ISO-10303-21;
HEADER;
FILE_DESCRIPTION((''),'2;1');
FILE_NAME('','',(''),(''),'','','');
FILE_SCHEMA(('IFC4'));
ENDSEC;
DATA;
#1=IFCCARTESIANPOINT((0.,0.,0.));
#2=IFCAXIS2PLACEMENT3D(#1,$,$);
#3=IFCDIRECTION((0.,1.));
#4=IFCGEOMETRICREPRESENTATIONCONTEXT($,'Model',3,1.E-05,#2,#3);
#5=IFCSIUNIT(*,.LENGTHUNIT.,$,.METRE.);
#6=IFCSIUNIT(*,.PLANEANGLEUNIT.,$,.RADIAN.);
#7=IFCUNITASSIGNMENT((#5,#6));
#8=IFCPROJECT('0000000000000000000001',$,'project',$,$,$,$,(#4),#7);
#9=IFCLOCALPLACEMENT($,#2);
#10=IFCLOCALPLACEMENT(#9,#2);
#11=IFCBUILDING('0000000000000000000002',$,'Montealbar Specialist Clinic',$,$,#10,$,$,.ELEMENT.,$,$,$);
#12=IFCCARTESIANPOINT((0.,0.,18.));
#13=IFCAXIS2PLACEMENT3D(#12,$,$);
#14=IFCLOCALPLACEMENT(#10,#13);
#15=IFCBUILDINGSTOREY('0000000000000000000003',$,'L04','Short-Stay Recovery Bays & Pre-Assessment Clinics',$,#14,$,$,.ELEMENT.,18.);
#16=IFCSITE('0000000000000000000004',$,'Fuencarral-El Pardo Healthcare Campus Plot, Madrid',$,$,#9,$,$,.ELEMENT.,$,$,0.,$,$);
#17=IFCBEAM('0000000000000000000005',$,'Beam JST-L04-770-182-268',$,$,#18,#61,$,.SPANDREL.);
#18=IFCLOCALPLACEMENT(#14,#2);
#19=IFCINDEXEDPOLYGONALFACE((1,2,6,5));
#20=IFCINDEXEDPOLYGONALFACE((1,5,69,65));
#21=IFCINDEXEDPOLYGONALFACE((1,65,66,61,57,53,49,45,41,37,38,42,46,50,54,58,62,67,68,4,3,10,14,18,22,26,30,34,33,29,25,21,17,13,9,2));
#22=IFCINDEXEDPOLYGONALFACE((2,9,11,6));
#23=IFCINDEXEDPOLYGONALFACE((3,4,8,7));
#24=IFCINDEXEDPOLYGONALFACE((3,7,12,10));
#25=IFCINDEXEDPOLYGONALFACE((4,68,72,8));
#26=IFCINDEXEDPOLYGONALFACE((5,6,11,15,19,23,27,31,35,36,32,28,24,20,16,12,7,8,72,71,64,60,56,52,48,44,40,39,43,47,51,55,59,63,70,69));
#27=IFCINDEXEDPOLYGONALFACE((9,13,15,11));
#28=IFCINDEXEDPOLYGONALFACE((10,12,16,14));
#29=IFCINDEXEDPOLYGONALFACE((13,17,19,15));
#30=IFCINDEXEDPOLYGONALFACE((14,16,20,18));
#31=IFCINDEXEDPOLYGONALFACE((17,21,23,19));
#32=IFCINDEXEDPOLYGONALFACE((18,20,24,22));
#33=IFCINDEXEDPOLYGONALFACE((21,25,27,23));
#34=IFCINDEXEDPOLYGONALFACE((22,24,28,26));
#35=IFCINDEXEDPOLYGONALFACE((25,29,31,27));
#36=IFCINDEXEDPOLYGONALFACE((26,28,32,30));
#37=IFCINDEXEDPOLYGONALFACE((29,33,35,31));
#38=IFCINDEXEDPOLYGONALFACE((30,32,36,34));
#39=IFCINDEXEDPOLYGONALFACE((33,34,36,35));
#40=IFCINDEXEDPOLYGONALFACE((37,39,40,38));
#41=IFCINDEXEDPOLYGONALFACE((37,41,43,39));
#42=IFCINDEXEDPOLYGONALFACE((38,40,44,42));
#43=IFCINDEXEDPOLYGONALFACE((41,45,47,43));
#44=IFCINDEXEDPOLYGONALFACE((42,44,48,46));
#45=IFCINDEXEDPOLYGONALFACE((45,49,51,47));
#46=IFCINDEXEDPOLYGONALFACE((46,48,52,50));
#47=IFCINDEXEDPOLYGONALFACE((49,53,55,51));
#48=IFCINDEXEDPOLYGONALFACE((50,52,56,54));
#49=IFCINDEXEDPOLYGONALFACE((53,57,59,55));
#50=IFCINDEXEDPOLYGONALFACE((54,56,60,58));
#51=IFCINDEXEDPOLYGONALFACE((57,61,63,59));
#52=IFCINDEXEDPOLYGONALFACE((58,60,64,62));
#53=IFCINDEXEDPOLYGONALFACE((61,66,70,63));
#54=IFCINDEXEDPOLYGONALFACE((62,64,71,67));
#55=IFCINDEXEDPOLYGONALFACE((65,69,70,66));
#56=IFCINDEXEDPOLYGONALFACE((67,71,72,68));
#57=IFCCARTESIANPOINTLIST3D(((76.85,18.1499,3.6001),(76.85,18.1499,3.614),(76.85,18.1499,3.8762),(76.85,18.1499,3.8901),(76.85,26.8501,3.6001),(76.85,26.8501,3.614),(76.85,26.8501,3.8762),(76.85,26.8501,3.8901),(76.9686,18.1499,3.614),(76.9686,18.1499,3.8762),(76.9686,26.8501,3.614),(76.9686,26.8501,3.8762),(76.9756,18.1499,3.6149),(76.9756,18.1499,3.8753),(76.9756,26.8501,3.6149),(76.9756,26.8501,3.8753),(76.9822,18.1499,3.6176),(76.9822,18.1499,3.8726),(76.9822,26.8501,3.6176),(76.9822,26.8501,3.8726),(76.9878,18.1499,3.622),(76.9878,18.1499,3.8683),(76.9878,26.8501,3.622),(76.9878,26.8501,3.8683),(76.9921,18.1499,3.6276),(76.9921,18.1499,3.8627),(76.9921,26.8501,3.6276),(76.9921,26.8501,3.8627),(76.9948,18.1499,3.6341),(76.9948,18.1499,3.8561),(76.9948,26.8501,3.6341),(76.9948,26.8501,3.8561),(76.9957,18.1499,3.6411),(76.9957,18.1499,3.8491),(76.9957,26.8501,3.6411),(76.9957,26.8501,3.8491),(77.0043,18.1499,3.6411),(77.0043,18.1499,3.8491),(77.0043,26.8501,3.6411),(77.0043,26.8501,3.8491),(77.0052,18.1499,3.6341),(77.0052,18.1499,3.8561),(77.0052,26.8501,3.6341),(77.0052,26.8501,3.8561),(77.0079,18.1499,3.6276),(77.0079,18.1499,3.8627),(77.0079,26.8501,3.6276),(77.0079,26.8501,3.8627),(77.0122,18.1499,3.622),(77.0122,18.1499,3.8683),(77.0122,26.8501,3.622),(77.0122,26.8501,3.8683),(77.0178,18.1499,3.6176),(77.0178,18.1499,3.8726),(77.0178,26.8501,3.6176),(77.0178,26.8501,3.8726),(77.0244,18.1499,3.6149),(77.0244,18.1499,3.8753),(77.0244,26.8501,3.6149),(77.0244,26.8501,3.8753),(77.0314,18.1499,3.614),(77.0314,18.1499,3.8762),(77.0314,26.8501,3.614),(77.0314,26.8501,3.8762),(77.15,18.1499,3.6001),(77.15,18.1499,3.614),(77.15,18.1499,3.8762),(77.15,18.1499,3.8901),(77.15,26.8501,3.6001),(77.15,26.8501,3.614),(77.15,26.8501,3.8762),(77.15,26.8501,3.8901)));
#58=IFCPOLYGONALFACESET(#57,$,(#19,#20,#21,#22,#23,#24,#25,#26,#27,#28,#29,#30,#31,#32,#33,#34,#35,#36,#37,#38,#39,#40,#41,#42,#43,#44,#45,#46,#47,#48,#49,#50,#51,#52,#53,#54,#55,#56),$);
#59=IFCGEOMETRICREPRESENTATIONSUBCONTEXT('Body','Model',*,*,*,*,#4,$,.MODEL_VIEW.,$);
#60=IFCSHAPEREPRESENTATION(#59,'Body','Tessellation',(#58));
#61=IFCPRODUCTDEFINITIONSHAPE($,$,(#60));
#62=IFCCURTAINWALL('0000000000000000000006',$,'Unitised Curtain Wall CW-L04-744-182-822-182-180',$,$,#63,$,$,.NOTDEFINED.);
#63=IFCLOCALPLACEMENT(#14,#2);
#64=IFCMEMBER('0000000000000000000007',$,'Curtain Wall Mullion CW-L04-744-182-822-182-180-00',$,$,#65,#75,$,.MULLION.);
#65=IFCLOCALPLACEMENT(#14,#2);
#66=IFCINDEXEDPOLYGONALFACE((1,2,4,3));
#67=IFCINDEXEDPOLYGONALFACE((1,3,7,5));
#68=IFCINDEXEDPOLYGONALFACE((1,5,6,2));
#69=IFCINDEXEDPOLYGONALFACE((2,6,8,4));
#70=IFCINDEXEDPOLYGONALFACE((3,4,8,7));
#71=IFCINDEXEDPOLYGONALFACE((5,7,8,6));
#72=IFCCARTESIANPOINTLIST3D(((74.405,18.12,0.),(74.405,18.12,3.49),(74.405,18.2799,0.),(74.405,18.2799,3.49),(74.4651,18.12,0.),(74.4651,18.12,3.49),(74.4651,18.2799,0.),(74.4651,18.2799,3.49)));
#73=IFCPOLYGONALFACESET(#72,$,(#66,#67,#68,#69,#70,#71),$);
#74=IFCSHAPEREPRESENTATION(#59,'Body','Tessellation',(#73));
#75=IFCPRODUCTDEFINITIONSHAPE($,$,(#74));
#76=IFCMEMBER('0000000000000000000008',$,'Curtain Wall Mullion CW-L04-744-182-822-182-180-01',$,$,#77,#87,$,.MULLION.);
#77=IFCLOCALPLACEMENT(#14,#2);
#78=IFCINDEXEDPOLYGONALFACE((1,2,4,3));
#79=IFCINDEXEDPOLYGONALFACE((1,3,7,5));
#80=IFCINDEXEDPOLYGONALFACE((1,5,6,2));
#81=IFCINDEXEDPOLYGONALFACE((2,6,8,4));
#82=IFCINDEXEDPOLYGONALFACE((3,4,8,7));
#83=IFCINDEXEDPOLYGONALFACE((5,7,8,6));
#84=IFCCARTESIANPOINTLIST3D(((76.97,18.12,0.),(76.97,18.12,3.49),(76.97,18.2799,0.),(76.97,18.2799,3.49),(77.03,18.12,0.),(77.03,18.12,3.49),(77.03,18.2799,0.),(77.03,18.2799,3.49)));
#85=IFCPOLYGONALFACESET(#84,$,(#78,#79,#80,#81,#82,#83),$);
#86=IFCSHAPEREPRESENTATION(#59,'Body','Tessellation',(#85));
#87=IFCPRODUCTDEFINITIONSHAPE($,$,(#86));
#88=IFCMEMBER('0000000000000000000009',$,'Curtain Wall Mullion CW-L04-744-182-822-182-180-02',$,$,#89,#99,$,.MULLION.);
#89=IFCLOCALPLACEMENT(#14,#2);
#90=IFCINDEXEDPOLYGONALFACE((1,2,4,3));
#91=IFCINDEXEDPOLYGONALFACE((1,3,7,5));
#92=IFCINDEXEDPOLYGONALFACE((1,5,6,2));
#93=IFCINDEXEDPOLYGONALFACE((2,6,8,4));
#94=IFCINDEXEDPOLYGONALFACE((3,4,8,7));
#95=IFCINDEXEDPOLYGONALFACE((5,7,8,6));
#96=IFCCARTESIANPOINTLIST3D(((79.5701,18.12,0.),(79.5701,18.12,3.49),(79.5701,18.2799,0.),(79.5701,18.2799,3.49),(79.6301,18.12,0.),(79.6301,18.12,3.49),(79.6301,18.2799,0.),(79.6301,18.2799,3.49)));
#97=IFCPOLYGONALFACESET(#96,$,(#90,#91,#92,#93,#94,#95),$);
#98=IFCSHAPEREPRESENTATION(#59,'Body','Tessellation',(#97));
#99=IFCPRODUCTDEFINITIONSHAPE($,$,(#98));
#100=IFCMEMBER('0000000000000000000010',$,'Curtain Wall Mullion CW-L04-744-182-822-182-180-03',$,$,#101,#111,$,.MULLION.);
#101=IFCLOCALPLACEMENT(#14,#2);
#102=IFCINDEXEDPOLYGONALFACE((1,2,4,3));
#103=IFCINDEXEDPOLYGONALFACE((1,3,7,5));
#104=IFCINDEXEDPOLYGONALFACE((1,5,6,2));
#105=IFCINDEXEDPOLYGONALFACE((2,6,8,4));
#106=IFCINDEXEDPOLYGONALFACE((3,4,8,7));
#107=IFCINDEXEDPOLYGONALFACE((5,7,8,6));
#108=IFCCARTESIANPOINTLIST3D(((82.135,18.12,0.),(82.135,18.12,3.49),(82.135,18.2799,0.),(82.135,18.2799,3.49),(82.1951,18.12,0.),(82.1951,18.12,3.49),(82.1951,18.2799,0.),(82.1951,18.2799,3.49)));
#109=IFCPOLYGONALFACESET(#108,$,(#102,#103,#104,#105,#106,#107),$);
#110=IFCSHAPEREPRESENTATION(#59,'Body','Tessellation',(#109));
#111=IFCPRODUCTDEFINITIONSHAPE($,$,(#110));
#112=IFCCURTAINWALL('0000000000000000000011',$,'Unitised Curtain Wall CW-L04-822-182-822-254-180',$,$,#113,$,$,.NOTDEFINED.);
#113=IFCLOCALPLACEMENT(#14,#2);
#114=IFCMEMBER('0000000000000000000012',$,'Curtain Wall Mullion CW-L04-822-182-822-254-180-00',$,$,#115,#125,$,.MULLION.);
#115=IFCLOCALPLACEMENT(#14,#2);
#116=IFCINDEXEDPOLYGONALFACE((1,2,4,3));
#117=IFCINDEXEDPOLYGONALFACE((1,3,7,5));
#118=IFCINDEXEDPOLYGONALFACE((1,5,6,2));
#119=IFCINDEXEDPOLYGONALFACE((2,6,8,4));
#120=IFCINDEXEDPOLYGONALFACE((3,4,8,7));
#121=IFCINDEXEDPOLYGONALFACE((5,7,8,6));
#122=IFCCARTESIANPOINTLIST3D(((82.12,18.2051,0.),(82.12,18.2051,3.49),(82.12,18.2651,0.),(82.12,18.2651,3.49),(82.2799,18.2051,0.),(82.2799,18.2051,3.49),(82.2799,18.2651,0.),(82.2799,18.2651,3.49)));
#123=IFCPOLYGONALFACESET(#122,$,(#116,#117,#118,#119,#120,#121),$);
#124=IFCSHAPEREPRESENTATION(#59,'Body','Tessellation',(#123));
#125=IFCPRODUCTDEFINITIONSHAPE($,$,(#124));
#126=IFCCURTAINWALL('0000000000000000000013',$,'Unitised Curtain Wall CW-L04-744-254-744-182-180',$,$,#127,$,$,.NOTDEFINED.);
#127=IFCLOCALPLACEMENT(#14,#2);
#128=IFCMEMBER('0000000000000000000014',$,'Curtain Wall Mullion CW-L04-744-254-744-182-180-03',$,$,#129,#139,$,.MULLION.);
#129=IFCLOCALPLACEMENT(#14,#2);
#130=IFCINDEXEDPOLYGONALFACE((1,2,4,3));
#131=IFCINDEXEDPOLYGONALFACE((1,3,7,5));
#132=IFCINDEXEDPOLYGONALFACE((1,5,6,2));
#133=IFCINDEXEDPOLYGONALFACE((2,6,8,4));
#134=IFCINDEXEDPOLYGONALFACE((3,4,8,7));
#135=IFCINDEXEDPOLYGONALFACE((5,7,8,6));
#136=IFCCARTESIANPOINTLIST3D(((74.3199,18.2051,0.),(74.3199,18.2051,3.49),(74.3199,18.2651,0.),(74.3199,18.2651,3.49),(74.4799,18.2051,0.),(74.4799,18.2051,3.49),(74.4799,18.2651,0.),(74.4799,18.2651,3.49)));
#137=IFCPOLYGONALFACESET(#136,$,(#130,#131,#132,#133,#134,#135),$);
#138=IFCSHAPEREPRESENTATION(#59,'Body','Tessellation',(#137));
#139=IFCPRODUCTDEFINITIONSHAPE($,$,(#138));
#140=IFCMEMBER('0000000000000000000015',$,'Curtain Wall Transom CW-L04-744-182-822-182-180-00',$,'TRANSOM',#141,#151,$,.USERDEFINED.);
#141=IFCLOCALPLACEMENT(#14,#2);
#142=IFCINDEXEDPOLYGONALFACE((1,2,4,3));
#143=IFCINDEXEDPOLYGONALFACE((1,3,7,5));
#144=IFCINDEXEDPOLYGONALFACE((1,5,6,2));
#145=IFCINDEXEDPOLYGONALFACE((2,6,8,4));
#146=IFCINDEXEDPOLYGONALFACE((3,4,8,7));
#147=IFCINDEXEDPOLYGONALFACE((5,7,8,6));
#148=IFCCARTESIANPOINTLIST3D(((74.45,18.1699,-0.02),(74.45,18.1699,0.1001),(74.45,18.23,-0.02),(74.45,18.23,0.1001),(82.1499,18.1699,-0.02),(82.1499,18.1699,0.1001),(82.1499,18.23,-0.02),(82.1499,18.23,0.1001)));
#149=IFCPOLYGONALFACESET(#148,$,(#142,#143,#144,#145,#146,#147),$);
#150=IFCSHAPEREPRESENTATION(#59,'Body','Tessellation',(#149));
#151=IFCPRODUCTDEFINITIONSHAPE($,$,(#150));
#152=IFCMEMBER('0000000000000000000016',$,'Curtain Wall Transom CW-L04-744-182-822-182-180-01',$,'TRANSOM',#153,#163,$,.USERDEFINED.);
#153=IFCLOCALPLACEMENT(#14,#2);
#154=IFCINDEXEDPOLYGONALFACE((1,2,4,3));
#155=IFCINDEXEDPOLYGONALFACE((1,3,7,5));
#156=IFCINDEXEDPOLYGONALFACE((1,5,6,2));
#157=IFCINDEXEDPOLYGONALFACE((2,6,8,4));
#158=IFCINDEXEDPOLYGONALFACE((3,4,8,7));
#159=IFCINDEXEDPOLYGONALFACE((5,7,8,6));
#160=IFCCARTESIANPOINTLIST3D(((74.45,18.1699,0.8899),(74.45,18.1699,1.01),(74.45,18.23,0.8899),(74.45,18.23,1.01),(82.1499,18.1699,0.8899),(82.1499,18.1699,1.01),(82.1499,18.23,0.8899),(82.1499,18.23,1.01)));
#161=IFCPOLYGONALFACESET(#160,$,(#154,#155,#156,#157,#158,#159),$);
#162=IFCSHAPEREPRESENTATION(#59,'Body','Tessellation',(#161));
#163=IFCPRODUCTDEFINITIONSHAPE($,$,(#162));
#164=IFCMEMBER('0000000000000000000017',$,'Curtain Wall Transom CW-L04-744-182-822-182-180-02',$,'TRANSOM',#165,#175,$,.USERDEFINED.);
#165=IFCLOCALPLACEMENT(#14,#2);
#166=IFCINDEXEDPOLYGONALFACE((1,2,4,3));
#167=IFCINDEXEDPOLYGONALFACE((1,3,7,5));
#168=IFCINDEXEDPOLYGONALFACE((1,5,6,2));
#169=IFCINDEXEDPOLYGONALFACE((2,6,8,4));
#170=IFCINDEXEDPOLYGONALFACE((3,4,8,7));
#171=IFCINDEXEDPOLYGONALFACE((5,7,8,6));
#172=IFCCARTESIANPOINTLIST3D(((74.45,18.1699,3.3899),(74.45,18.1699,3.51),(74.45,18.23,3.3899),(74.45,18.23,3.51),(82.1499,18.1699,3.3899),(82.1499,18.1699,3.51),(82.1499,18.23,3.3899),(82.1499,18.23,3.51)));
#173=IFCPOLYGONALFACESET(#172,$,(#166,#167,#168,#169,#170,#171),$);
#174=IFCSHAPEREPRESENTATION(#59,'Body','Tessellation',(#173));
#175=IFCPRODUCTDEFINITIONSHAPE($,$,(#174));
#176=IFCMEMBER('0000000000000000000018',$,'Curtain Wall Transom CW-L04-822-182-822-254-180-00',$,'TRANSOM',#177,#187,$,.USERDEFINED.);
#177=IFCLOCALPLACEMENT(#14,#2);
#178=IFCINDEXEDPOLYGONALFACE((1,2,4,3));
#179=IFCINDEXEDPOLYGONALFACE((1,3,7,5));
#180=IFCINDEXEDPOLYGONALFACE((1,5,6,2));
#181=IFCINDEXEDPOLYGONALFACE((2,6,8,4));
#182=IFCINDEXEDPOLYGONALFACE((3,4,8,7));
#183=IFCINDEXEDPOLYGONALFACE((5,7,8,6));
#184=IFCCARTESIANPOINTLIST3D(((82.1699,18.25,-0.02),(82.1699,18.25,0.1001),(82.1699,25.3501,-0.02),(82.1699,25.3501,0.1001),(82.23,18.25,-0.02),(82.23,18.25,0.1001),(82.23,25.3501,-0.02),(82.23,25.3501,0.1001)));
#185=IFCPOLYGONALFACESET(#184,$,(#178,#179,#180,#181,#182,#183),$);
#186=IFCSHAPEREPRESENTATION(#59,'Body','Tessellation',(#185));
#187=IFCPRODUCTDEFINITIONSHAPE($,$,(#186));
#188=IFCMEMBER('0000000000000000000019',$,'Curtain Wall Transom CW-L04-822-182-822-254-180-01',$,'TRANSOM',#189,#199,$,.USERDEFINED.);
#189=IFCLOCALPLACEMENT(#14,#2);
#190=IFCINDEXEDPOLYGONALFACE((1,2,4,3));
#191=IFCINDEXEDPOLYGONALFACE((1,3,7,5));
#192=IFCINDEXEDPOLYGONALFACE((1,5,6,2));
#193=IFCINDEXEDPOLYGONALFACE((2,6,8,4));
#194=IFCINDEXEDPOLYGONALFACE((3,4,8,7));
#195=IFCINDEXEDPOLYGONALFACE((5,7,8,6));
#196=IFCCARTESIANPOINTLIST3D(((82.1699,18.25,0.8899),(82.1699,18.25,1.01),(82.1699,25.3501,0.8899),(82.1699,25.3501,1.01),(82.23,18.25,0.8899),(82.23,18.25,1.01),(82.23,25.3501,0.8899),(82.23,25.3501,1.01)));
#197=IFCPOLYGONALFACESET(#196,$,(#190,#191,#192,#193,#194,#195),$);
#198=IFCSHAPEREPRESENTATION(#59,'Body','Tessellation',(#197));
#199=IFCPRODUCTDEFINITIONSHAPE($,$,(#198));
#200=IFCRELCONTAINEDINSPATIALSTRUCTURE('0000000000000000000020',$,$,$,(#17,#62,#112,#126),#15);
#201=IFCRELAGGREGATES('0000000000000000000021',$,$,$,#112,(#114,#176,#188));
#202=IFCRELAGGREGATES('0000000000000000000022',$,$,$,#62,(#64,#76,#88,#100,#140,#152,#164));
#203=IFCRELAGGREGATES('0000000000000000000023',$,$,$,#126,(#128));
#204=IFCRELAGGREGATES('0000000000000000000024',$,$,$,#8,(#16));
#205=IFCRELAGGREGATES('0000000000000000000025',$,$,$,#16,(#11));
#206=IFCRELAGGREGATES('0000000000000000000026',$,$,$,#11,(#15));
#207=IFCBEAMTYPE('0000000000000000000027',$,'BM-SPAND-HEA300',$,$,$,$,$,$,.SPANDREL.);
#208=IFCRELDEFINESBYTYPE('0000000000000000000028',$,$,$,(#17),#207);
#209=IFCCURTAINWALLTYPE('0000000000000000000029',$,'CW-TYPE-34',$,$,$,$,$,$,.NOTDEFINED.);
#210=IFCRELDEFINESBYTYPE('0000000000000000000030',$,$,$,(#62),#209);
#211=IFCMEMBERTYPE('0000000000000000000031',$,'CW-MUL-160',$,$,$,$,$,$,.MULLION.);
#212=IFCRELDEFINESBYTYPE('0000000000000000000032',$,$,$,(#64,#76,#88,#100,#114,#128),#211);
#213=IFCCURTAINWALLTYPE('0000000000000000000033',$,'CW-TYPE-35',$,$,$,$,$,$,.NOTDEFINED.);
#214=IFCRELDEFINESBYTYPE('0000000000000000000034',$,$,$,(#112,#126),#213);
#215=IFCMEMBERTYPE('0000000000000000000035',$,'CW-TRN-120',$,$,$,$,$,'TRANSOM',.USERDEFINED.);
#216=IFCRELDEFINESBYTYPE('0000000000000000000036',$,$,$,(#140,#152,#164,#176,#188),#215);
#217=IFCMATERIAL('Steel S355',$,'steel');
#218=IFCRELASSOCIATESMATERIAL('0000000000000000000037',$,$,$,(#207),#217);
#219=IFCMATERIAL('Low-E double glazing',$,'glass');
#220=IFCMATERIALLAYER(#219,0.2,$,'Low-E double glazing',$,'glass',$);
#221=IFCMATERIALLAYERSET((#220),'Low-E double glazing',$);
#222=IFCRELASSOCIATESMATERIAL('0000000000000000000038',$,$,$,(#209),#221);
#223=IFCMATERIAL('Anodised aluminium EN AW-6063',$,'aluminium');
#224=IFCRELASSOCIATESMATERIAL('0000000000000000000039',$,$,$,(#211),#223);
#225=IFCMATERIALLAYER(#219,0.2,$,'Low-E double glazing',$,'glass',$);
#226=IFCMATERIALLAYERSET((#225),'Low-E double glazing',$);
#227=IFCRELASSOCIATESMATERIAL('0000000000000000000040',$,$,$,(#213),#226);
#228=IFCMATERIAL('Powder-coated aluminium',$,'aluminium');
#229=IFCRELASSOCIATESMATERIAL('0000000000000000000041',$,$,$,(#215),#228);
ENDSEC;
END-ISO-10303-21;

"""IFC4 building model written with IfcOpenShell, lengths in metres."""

from ifc_helpers import new_model, si_unit, direction, frame, origin, origin_2d, place, context, subcontext, project, spatial, rectangle, i_section, extrude, material, layer, layer_set, material_profile, profile_set, type_object, element, aggregate, save


model = new_model("IFC4")

# Units and contexts
model_context = context("Model", 3, precision=1e-05, world=origin(), true_north=direction((0.0, 1.0)))
body_context = subcontext(model_context, "Body", "Model", "MODEL_VIEW")
ifc_project = project(units=[si_unit("LENGTHUNIT", "METRE"), si_unit("PLANEANGLEUNIT", "RADIAN")], contexts=[model_context])

# Site, building, storey
site_placement = place(None, origin())
site = spatial("IfcSite", under=ifc_project, at=site_placement, Name="Fuencarral-El Pardo Healthcare Campus Plot, Madrid", CompositionType="ELEMENT", RefElevation=0.0)
building_placement = place(site_placement, origin())
building = spatial("IfcBuilding", under=site, at=building_placement, Name="Montealbar Specialist Clinic", CompositionType="ELEMENT")
storey_placement = place(building_placement, frame((0.0, 0.0, 18.0)))
storey = spatial("IfcBuildingStorey", under=building, at=storey_placement, Name="L04", Description="Short-Stay Recovery Bays & Pre-Assessment Clinics", CompositionType="ELEMENT", Elevation=18.0)

# Beam
ifc_material_1 = material(Name="Steel S355", Category="steel")
ifc_material_profile_1 = material_profile(ifc_material_1, i_section(OverallWidth=0.3, OverallDepth=0.29, WebThickness=0.0085, FlangeThickness=0.0139, FilletRadius=0.0271, at=origin_2d()), Name="HEA 300", Category="steel")
ifc_profile_set_1 = profile_set([ifc_material_profile_1], Name="Steel S355")
beam_type_1 = type_object("IfcBeamType", Name="BM-SPAND-HEA300", PredefinedType="SPANDREL", material=ifc_profile_set_1)
beam_1_placement = place(storey_placement, frame((77.0, 18.1499, 3.7451), z_axis=(0.0, 1.0, 0.0), x_axis=(-1.0, 0.0, 0.0)))
element("IfcBeam", 1, at=beam_1_placement, inside=storey, type_object=beam_type_1, Name="Beam JST-L04-770-182-268", PredefinedType="SPANDREL", context=body_context, shape_type="SweptSolid", body=[
    extrude(i_section(OverallWidth=0.3, OverallDepth=0.29, WebThickness=0.0085, FlangeThickness=0.0139, FilletRadius=0.0271, at=origin_2d()), origin(), (0.0, 0.0, 1.0), 8.7002),
])

# Curtain wall, members
ifc_material_2 = material(Name="Low-E double glazing", Category="glass")
ifc_layer_1 = layer(ifc_material_2, 0.2, Name="Low-E double glazing", Category="glass")
ifc_layer_set_1 = layer_set([ifc_layer_1], Name="Low-E double glazing")
curtain_wall_type_1 = type_object("IfcCurtainWallType", Name="CW-TYPE-34", PredefinedType="NOTDEFINED", material=ifc_layer_set_1)
curtain_wall_1_placement = place(storey_placement, origin())
curtain_wall_1 = element("IfcCurtainWall", 2, at=curtain_wall_1_placement, inside=storey, type_object=curtain_wall_type_1, Name="Unitised Curtain Wall CW-L04-744-182-822-182-180", PredefinedType="NOTDEFINED")
ifc_material_3 = material(Name="Anodised aluminium EN AW-6063", Category="aluminium")
ifc_material_profile_2 = material_profile(ifc_material_3, rectangle(XDim=0.0601, YDim=0.1599, at=origin_2d()), Name="ALU 60x160", Category="aluminium")
ifc_profile_set_2 = profile_set([ifc_material_profile_2], Name="Anodised aluminium EN AW-6063")
member_type_1 = type_object("IfcMemberType", Name="CW-MUL-160", PredefinedType="MULLION", material=ifc_profile_set_2)
member_1_placement = place(storey_placement, frame((74.4351, 18.2, 0.0), z_axis=(0.0, 0.0, 1.0), x_axis=(1.0, 0.0, 0.0)))
member_1 = element("IfcMember", 3, at=member_1_placement, type_object=member_type_1, Name="Curtain Wall Mullion CW-L04-744-182-822-182-180-00", PredefinedType="MULLION", context=body_context, shape_type="SweptSolid", body=[
    extrude(rectangle(XDim=0.0601, YDim=0.1599, at=origin_2d()), origin(), (0.0, 0.0, 1.0), 3.49),
])
member_2_placement = place(storey_placement, frame((77.0, 18.2, 0.0), z_axis=(0.0, 0.0, 1.0), x_axis=(1.0, 0.0, 0.0)))
member_2 = element("IfcMember", 4, at=member_2_placement, type_object=member_type_1, Name="Curtain Wall Mullion CW-L04-744-182-822-182-180-01", PredefinedType="MULLION", context=body_context, shape_type="SweptSolid", body=[
    extrude(rectangle(XDim=0.0601, YDim=0.1599, at=origin_2d()), origin(), (0.0, 0.0, 1.0), 3.49),
])
member_3_placement = place(storey_placement, frame((79.6001, 18.2, 0.0), z_axis=(0.0, 0.0, 1.0), x_axis=(1.0, 0.0, 0.0)))
member_3 = element("IfcMember", 5, at=member_3_placement, type_object=member_type_1, Name="Curtain Wall Mullion CW-L04-744-182-822-182-180-02", PredefinedType="MULLION", context=body_context, shape_type="SweptSolid", body=[
    extrude(rectangle(XDim=0.0601, YDim=0.1599, at=origin_2d()), origin(), (0.0, 0.0, 1.0), 3.49),
])
member_4_placement = place(storey_placement, frame((82.165, 18.2, 0.0), z_axis=(0.0, 0.0, 1.0), x_axis=(1.0, 0.0, 0.0)))
member_4 = element("IfcMember", 6, at=member_4_placement, type_object=member_type_1, Name="Curtain Wall Mullion CW-L04-744-182-822-182-180-03", PredefinedType="MULLION", context=body_context, shape_type="SweptSolid", body=[
    extrude(rectangle(XDim=0.0601, YDim=0.1599, at=origin_2d()), origin(), (0.0, 0.0, 1.0), 3.49),
])

# Curtain walls, members
ifc_layer_2 = layer(ifc_material_2, 0.2, Name="Low-E double glazing", Category="glass")
ifc_layer_set_2 = layer_set([ifc_layer_2], Name="Low-E double glazing")
curtain_wall_type_2 = type_object("IfcCurtainWallType", Name="CW-TYPE-35", PredefinedType="NOTDEFINED", material=ifc_layer_set_2)
curtain_wall_2_placement = place(storey_placement, origin())
curtain_wall_2 = element("IfcCurtainWall", 7, at=curtain_wall_2_placement, inside=storey, type_object=curtain_wall_type_2, Name="Unitised Curtain Wall CW-L04-822-182-822-254-180", PredefinedType="NOTDEFINED")
member_5_placement = place(storey_placement, frame((82.2, 18.2351, 0.0), z_axis=(0.0, 0.0, 1.0), x_axis=(0.0, 1.0, 0.0)))
member_5 = element("IfcMember", 8, at=member_5_placement, type_object=member_type_1, Name="Curtain Wall Mullion CW-L04-822-182-822-254-180-00", PredefinedType="MULLION", context=body_context, shape_type="SweptSolid", body=[
    extrude(rectangle(XDim=0.0601, YDim=0.1599, at=origin_2d()), origin(), (0.0, 0.0, 1.0), 3.49),
])
curtain_wall_3_placement = place(storey_placement, origin())
curtain_wall_3 = element("IfcCurtainWall", 9, at=curtain_wall_3_placement, inside=storey, type_object=curtain_wall_type_2, Name="Unitised Curtain Wall CW-L04-744-254-744-182-180", PredefinedType="NOTDEFINED")
member_6_placement = place(storey_placement, frame((74.3999, 18.2351, 0.0), z_axis=(0.0, 0.0, 1.0), x_axis=(0.0, -1.0, 0.0)))
member_6 = element("IfcMember", 10, at=member_6_placement, type_object=member_type_1, Name="Curtain Wall Mullion CW-L04-744-254-744-182-180-03", PredefinedType="MULLION", context=body_context, shape_type="SweptSolid", body=[
    extrude(rectangle(XDim=0.0601, YDim=0.1599, at=origin_2d()), origin(), (0.0, 0.0, 1.0), 3.49),
])

# Members
ifc_material_4 = material(Name="Powder-coated aluminium", Category="aluminium")
ifc_material_profile_3 = material_profile(ifc_material_4, rectangle(XDim=0.0601, YDim=0.1201, at=origin_2d()), Name="ALU 60x120", Category="aluminium")
ifc_profile_set_3 = profile_set([ifc_material_profile_3], Name="Powder-coated aluminium")
member_type_2 = type_object("IfcMemberType", Name="CW-TRN-120", ElementType="TRANSOM", PredefinedType="USERDEFINED", material=ifc_profile_set_3)
member_7_placement = place(storey_placement, frame((74.45, 18.2, 0.04), z_axis=(1.0, 0.0, 0.0), x_axis=(0.0, 1.0, 0.0)))
member_7 = element("IfcMember", 11, at=member_7_placement, type_object=member_type_2, Name="Curtain Wall Transom CW-L04-744-182-822-182-180-00", ObjectType="TRANSOM", PredefinedType="USERDEFINED", context=body_context, shape_type="SweptSolid", body=[
    extrude(rectangle(XDim=0.0601, YDim=0.1201, at=origin_2d()), origin(), (0.0, 0.0, 1.0), 7.7),
])
member_8_placement = place(storey_placement, frame((74.45, 18.2, 0.95), z_axis=(1.0, 0.0, 0.0), x_axis=(0.0, 1.0, 0.0)))
member_8 = element("IfcMember", 12, at=member_8_placement, type_object=member_type_2, Name="Curtain Wall Transom CW-L04-744-182-822-182-180-01", ObjectType="TRANSOM", PredefinedType="USERDEFINED", context=body_context, shape_type="SweptSolid", body=[
    extrude(rectangle(XDim=0.0601, YDim=0.1201, at=origin_2d()), origin(), (0.0, 0.0, 1.0), 7.7),
])
member_9_placement = place(storey_placement, frame((74.45, 18.2, 3.45), z_axis=(1.0, 0.0, 0.0), x_axis=(0.0, 1.0, 0.0)))
member_9 = element("IfcMember", 13, at=member_9_placement, type_object=member_type_2, Name="Curtain Wall Transom CW-L04-744-182-822-182-180-02", ObjectType="TRANSOM", PredefinedType="USERDEFINED", context=body_context, shape_type="SweptSolid", body=[
    extrude(rectangle(XDim=0.0601, YDim=0.1201, at=origin_2d()), origin(), (0.0, 0.0, 1.0), 7.7),
])
member_10_placement = place(storey_placement, frame((82.2, 18.25, 0.04), z_axis=(0.0, 1.0, 0.0), x_axis=(-1.0, 0.0, 0.0)))
member_10 = element("IfcMember", 14, at=member_10_placement, type_object=member_type_2, Name="Curtain Wall Transom CW-L04-822-182-822-254-180-00", ObjectType="TRANSOM", PredefinedType="USERDEFINED", context=body_context, shape_type="SweptSolid", body=[
    extrude(rectangle(XDim=0.0601, YDim=0.1201, at=origin_2d()), origin(), (0.0, 0.0, 1.0), 7.1001),
])
member_11_placement = place(storey_placement, frame((82.2, 18.25, 0.95), z_axis=(0.0, 1.0, 0.0), x_axis=(-1.0, 0.0, 0.0)))
member_11 = element("IfcMember", 15, at=member_11_placement, type_object=member_type_2, Name="Curtain Wall Transom CW-L04-822-182-822-254-180-01", ObjectType="TRANSOM", PredefinedType="USERDEFINED", context=body_context, shape_type="SweptSolid", body=[
    extrude(rectangle(XDim=0.0601, YDim=0.1201, at=origin_2d()), origin(), (0.0, 0.0, 1.0), 7.1001),
])
aggregate(curtain_wall_2, [member_5, member_10, member_11])

aggregate(curtain_wall_1, [member_1, member_2, member_3, member_4, member_7, member_8, member_9])
aggregate(curtain_wall_3, [member_6])

save(model, "model.ifc")
